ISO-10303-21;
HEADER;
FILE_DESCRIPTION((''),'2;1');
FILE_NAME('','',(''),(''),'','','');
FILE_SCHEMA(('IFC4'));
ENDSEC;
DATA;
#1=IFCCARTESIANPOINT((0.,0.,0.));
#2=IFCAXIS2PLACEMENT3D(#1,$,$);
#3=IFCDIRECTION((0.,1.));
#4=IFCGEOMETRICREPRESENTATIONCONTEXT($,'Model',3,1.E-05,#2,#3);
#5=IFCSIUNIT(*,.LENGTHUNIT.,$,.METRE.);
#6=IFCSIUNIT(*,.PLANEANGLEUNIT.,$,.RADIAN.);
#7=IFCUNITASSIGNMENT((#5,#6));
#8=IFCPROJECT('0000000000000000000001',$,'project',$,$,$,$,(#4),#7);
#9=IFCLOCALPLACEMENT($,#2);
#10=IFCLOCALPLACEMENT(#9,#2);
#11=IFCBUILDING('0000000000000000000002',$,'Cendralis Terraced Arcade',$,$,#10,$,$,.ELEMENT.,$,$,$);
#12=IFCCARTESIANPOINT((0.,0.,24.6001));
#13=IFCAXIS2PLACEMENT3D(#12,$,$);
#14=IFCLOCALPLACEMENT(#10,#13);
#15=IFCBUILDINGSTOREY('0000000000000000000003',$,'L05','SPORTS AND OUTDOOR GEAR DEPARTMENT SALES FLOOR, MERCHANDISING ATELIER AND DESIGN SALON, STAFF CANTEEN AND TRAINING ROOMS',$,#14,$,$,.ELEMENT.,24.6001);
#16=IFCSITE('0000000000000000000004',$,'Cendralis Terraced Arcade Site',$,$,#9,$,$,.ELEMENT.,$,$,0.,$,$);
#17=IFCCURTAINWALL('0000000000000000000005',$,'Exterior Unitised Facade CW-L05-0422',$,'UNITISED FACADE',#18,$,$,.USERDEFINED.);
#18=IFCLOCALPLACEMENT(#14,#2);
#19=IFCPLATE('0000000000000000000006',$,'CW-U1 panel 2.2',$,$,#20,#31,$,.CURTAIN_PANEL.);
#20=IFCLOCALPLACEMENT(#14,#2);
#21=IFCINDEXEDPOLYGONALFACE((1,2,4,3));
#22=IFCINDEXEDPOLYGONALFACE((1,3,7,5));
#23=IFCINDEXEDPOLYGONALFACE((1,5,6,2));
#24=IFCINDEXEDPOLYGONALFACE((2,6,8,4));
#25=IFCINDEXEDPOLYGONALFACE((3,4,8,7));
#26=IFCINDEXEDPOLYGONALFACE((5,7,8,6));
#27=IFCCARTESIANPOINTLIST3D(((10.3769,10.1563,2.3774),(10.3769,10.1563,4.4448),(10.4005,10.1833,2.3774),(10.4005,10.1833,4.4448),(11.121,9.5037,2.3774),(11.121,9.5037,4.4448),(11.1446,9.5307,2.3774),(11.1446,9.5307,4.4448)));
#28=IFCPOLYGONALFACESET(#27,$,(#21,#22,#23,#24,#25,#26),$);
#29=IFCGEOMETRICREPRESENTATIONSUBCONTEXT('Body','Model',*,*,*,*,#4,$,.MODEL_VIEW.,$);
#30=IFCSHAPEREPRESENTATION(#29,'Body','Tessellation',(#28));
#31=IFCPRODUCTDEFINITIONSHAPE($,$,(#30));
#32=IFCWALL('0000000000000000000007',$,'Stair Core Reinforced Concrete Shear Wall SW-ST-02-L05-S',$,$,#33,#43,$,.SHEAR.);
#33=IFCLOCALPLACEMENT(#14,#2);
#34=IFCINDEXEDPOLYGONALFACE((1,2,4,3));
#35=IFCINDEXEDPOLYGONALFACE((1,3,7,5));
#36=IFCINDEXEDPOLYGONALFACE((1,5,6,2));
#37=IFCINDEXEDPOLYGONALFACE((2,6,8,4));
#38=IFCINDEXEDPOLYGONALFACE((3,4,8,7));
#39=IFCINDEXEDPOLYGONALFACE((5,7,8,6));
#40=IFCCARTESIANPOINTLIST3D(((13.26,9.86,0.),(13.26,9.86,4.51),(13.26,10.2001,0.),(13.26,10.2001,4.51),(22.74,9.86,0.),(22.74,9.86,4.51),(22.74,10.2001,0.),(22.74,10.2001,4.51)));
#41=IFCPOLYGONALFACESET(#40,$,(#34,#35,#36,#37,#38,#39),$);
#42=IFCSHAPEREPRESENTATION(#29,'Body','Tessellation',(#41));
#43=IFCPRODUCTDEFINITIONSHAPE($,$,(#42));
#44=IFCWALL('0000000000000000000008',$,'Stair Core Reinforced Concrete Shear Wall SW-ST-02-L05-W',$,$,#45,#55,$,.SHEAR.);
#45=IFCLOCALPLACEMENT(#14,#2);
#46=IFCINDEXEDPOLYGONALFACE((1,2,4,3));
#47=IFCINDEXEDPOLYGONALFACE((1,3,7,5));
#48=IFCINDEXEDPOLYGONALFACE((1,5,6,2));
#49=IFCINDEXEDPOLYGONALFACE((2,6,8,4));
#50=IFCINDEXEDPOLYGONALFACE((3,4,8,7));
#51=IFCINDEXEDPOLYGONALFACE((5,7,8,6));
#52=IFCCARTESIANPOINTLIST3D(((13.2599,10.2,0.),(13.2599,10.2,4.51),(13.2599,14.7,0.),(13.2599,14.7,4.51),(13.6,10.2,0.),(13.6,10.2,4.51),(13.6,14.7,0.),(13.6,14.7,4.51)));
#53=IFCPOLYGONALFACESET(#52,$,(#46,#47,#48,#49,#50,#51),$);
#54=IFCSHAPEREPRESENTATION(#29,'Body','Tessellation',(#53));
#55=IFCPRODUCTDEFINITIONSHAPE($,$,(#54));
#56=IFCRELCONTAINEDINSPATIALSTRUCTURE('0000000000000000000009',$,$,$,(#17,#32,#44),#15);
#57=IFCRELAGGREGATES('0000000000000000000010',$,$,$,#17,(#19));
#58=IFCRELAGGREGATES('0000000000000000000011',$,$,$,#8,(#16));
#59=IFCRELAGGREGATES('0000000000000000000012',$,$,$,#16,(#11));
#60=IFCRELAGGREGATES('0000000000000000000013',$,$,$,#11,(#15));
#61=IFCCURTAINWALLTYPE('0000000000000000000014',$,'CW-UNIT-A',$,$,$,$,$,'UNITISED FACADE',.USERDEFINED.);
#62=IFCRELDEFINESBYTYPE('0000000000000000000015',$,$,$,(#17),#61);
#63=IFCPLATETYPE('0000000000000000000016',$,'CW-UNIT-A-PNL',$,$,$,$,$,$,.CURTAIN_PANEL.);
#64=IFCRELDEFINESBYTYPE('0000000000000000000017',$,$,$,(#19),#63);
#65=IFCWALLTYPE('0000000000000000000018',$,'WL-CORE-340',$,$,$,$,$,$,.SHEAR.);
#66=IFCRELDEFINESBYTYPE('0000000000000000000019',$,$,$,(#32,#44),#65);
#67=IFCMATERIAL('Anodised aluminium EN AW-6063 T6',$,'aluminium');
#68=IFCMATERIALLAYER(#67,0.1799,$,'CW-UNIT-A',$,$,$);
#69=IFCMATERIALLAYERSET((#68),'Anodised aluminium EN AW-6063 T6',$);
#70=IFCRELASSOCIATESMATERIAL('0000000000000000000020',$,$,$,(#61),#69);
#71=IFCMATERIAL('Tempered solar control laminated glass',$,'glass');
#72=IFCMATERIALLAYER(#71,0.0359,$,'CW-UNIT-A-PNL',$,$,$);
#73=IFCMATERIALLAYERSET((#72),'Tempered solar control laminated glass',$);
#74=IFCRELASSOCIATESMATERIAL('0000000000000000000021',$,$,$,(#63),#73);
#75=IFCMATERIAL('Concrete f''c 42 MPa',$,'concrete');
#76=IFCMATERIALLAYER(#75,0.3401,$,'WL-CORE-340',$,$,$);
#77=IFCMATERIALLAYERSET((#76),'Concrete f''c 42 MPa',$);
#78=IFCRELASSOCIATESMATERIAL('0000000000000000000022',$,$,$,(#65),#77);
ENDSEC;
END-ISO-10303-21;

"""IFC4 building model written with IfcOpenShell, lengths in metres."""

from ifc_helpers import new_model, si_unit, direction, frame, frame_2d, origin, origin_2d, place, context, subcontext, project, spatial, rectangle, extrude, material, layer, layer_set, type_object, element, aggregate, save


model = new_model("IFC4")

# Units and contexts
model_context = context("Model", 3, precision=1e-05, world=origin(), true_north=direction((0.0, 1.0)))
body_context = subcontext(model_context, "Body", "Model", "MODEL_VIEW")
ifc_project = project(units=[si_unit("LENGTHUNIT", "METRE"), si_unit("PLANEANGLEUNIT", "RADIAN")], contexts=[model_context])

# Site, building, storey
site_placement = place(None, origin())
site = spatial("IfcSite", under=ifc_project, at=site_placement, Name="Cendralis Terraced Arcade Site", CompositionType="ELEMENT", RefElevation=0.0)
building_placement = place(site_placement, origin())
building = spatial("IfcBuilding", under=site, at=building_placement, Name="Cendralis Terraced Arcade", CompositionType="ELEMENT")
storey_placement = place(building_placement, frame((0.0, 0.0, 24.6001)))
storey = spatial("IfcBuildingStorey", under=building, at=storey_placement, Name="L05", Description="SPORTS AND OUTDOOR GEAR DEPARTMENT SALES FLOOR, MERCHANDISING ATELIER AND DESIGN SALON, STAFF CANTEEN AND TRAINING ROOMS", CompositionType="ELEMENT", Elevation=24.6001)

# Shared definitions
ifc_material_1 = material(Name="Anodised aluminium EN AW-6063 T6", Category="aluminium")
ifc_layer_1 = layer(ifc_material_1, 0.1799, Name="CW-UNIT-A")
ifc_layer_set_1 = layer_set([ifc_layer_1], Name="Anodised aluminium EN AW-6063 T6")
curtain_wall_type = type_object("IfcCurtainWallType", Name="CW-UNIT-A", ElementType="UNITISED FACADE", PredefinedType="USERDEFINED", material=ifc_layer_set_1)

# Curtain wall
curtain_wall_1_placement = place(storey_placement, origin())
curtain_wall_1 = element("IfcCurtainWall", 1, at=curtain_wall_1_placement, inside=storey, type_object=curtain_wall_type, Name="Exterior Unitised Facade CW-L05-0422", ObjectType="UNITISED FACADE", PredefinedType="USERDEFINED")

# Plate
ifc_material_2 = material(Name="Tempered solar control laminated glass", Category="glass")
ifc_layer_2 = layer(ifc_material_2, 0.0359, Name="CW-UNIT-A-PNL")
ifc_layer_set_2 = layer_set([ifc_layer_2], Name="Tempered solar control laminated glass")
plate_type = type_object("IfcPlateType", Name="CW-UNIT-A-PNL", PredefinedType="CURTAIN_PANEL", material=ifc_layer_set_2)
plate_1_placement = place(storey_placement, frame((10.7607, 9.8435, 2.3774), z_axis=(0.0, 0.0, 1.0), x_axis=(-0.75179, 0.659403, 0.0)))
plate_1 = element("IfcPlate", 2, at=plate_1_placement, type_object=plate_type, Name="CW-U1 panel 2.2", PredefinedType="CURTAIN_PANEL", context=body_context, shape_type="SweptSolid", body=[
    extrude(rectangle(XDim=0.9897, YDim=0.0359, at=origin_2d()), origin(), (0.0, 0.0, 1.0), 2.0674),
])
aggregate(curtain_wall_1, [plate_1])

# Walls
ifc_material_3 = material(Name="Concrete f'c 42 MPa", Category="concrete")
ifc_layer_3 = layer(ifc_material_3, 0.3401, Name="WL-CORE-340")
ifc_layer_set_3 = layer_set([ifc_layer_3], Name="Concrete f'c 42 MPa")
wall_type = type_object("IfcWallType", Name="WL-CORE-340", PredefinedType="SHEAR", material=ifc_layer_set_3)
wall_1_placement = place(storey_placement, frame((13.26, 10.03, 0.0), z_axis=(0.0, 0.0, 1.0), x_axis=(1.0, 0.0, 0.0)))
element("IfcWall", 3, at=wall_1_placement, inside=storey, type_object=wall_type, Name="Stair Core Reinforced Concrete Shear Wall SW-ST-02-L05-S", PredefinedType="SHEAR", context=body_context, shape_type="SweptSolid", body=[
    extrude(rectangle(XDim=9.48, YDim=0.3401, at=frame_2d((4.74, 0.0))), origin(), (0.0, 0.0, 1.0), 4.51),
])
wall_2_placement = place(storey_placement, frame((13.4299, 10.2, 0.0), z_axis=(0.0, 0.0, 1.0), x_axis=(0.0, 1.0, 0.0)))
element("IfcWall", 4, at=wall_2_placement, inside=storey, type_object=wall_type, Name="Stair Core Reinforced Concrete Shear Wall SW-ST-02-L05-W", PredefinedType="SHEAR", context=body_context, shape_type="SweptSolid", body=[
    extrude(rectangle(XDim=4.5, YDim=0.3401, at=frame_2d((2.25, 0.0))), origin(), (0.0, 0.0, 1.0), 4.51),
])

save(model, "model.ifc")
